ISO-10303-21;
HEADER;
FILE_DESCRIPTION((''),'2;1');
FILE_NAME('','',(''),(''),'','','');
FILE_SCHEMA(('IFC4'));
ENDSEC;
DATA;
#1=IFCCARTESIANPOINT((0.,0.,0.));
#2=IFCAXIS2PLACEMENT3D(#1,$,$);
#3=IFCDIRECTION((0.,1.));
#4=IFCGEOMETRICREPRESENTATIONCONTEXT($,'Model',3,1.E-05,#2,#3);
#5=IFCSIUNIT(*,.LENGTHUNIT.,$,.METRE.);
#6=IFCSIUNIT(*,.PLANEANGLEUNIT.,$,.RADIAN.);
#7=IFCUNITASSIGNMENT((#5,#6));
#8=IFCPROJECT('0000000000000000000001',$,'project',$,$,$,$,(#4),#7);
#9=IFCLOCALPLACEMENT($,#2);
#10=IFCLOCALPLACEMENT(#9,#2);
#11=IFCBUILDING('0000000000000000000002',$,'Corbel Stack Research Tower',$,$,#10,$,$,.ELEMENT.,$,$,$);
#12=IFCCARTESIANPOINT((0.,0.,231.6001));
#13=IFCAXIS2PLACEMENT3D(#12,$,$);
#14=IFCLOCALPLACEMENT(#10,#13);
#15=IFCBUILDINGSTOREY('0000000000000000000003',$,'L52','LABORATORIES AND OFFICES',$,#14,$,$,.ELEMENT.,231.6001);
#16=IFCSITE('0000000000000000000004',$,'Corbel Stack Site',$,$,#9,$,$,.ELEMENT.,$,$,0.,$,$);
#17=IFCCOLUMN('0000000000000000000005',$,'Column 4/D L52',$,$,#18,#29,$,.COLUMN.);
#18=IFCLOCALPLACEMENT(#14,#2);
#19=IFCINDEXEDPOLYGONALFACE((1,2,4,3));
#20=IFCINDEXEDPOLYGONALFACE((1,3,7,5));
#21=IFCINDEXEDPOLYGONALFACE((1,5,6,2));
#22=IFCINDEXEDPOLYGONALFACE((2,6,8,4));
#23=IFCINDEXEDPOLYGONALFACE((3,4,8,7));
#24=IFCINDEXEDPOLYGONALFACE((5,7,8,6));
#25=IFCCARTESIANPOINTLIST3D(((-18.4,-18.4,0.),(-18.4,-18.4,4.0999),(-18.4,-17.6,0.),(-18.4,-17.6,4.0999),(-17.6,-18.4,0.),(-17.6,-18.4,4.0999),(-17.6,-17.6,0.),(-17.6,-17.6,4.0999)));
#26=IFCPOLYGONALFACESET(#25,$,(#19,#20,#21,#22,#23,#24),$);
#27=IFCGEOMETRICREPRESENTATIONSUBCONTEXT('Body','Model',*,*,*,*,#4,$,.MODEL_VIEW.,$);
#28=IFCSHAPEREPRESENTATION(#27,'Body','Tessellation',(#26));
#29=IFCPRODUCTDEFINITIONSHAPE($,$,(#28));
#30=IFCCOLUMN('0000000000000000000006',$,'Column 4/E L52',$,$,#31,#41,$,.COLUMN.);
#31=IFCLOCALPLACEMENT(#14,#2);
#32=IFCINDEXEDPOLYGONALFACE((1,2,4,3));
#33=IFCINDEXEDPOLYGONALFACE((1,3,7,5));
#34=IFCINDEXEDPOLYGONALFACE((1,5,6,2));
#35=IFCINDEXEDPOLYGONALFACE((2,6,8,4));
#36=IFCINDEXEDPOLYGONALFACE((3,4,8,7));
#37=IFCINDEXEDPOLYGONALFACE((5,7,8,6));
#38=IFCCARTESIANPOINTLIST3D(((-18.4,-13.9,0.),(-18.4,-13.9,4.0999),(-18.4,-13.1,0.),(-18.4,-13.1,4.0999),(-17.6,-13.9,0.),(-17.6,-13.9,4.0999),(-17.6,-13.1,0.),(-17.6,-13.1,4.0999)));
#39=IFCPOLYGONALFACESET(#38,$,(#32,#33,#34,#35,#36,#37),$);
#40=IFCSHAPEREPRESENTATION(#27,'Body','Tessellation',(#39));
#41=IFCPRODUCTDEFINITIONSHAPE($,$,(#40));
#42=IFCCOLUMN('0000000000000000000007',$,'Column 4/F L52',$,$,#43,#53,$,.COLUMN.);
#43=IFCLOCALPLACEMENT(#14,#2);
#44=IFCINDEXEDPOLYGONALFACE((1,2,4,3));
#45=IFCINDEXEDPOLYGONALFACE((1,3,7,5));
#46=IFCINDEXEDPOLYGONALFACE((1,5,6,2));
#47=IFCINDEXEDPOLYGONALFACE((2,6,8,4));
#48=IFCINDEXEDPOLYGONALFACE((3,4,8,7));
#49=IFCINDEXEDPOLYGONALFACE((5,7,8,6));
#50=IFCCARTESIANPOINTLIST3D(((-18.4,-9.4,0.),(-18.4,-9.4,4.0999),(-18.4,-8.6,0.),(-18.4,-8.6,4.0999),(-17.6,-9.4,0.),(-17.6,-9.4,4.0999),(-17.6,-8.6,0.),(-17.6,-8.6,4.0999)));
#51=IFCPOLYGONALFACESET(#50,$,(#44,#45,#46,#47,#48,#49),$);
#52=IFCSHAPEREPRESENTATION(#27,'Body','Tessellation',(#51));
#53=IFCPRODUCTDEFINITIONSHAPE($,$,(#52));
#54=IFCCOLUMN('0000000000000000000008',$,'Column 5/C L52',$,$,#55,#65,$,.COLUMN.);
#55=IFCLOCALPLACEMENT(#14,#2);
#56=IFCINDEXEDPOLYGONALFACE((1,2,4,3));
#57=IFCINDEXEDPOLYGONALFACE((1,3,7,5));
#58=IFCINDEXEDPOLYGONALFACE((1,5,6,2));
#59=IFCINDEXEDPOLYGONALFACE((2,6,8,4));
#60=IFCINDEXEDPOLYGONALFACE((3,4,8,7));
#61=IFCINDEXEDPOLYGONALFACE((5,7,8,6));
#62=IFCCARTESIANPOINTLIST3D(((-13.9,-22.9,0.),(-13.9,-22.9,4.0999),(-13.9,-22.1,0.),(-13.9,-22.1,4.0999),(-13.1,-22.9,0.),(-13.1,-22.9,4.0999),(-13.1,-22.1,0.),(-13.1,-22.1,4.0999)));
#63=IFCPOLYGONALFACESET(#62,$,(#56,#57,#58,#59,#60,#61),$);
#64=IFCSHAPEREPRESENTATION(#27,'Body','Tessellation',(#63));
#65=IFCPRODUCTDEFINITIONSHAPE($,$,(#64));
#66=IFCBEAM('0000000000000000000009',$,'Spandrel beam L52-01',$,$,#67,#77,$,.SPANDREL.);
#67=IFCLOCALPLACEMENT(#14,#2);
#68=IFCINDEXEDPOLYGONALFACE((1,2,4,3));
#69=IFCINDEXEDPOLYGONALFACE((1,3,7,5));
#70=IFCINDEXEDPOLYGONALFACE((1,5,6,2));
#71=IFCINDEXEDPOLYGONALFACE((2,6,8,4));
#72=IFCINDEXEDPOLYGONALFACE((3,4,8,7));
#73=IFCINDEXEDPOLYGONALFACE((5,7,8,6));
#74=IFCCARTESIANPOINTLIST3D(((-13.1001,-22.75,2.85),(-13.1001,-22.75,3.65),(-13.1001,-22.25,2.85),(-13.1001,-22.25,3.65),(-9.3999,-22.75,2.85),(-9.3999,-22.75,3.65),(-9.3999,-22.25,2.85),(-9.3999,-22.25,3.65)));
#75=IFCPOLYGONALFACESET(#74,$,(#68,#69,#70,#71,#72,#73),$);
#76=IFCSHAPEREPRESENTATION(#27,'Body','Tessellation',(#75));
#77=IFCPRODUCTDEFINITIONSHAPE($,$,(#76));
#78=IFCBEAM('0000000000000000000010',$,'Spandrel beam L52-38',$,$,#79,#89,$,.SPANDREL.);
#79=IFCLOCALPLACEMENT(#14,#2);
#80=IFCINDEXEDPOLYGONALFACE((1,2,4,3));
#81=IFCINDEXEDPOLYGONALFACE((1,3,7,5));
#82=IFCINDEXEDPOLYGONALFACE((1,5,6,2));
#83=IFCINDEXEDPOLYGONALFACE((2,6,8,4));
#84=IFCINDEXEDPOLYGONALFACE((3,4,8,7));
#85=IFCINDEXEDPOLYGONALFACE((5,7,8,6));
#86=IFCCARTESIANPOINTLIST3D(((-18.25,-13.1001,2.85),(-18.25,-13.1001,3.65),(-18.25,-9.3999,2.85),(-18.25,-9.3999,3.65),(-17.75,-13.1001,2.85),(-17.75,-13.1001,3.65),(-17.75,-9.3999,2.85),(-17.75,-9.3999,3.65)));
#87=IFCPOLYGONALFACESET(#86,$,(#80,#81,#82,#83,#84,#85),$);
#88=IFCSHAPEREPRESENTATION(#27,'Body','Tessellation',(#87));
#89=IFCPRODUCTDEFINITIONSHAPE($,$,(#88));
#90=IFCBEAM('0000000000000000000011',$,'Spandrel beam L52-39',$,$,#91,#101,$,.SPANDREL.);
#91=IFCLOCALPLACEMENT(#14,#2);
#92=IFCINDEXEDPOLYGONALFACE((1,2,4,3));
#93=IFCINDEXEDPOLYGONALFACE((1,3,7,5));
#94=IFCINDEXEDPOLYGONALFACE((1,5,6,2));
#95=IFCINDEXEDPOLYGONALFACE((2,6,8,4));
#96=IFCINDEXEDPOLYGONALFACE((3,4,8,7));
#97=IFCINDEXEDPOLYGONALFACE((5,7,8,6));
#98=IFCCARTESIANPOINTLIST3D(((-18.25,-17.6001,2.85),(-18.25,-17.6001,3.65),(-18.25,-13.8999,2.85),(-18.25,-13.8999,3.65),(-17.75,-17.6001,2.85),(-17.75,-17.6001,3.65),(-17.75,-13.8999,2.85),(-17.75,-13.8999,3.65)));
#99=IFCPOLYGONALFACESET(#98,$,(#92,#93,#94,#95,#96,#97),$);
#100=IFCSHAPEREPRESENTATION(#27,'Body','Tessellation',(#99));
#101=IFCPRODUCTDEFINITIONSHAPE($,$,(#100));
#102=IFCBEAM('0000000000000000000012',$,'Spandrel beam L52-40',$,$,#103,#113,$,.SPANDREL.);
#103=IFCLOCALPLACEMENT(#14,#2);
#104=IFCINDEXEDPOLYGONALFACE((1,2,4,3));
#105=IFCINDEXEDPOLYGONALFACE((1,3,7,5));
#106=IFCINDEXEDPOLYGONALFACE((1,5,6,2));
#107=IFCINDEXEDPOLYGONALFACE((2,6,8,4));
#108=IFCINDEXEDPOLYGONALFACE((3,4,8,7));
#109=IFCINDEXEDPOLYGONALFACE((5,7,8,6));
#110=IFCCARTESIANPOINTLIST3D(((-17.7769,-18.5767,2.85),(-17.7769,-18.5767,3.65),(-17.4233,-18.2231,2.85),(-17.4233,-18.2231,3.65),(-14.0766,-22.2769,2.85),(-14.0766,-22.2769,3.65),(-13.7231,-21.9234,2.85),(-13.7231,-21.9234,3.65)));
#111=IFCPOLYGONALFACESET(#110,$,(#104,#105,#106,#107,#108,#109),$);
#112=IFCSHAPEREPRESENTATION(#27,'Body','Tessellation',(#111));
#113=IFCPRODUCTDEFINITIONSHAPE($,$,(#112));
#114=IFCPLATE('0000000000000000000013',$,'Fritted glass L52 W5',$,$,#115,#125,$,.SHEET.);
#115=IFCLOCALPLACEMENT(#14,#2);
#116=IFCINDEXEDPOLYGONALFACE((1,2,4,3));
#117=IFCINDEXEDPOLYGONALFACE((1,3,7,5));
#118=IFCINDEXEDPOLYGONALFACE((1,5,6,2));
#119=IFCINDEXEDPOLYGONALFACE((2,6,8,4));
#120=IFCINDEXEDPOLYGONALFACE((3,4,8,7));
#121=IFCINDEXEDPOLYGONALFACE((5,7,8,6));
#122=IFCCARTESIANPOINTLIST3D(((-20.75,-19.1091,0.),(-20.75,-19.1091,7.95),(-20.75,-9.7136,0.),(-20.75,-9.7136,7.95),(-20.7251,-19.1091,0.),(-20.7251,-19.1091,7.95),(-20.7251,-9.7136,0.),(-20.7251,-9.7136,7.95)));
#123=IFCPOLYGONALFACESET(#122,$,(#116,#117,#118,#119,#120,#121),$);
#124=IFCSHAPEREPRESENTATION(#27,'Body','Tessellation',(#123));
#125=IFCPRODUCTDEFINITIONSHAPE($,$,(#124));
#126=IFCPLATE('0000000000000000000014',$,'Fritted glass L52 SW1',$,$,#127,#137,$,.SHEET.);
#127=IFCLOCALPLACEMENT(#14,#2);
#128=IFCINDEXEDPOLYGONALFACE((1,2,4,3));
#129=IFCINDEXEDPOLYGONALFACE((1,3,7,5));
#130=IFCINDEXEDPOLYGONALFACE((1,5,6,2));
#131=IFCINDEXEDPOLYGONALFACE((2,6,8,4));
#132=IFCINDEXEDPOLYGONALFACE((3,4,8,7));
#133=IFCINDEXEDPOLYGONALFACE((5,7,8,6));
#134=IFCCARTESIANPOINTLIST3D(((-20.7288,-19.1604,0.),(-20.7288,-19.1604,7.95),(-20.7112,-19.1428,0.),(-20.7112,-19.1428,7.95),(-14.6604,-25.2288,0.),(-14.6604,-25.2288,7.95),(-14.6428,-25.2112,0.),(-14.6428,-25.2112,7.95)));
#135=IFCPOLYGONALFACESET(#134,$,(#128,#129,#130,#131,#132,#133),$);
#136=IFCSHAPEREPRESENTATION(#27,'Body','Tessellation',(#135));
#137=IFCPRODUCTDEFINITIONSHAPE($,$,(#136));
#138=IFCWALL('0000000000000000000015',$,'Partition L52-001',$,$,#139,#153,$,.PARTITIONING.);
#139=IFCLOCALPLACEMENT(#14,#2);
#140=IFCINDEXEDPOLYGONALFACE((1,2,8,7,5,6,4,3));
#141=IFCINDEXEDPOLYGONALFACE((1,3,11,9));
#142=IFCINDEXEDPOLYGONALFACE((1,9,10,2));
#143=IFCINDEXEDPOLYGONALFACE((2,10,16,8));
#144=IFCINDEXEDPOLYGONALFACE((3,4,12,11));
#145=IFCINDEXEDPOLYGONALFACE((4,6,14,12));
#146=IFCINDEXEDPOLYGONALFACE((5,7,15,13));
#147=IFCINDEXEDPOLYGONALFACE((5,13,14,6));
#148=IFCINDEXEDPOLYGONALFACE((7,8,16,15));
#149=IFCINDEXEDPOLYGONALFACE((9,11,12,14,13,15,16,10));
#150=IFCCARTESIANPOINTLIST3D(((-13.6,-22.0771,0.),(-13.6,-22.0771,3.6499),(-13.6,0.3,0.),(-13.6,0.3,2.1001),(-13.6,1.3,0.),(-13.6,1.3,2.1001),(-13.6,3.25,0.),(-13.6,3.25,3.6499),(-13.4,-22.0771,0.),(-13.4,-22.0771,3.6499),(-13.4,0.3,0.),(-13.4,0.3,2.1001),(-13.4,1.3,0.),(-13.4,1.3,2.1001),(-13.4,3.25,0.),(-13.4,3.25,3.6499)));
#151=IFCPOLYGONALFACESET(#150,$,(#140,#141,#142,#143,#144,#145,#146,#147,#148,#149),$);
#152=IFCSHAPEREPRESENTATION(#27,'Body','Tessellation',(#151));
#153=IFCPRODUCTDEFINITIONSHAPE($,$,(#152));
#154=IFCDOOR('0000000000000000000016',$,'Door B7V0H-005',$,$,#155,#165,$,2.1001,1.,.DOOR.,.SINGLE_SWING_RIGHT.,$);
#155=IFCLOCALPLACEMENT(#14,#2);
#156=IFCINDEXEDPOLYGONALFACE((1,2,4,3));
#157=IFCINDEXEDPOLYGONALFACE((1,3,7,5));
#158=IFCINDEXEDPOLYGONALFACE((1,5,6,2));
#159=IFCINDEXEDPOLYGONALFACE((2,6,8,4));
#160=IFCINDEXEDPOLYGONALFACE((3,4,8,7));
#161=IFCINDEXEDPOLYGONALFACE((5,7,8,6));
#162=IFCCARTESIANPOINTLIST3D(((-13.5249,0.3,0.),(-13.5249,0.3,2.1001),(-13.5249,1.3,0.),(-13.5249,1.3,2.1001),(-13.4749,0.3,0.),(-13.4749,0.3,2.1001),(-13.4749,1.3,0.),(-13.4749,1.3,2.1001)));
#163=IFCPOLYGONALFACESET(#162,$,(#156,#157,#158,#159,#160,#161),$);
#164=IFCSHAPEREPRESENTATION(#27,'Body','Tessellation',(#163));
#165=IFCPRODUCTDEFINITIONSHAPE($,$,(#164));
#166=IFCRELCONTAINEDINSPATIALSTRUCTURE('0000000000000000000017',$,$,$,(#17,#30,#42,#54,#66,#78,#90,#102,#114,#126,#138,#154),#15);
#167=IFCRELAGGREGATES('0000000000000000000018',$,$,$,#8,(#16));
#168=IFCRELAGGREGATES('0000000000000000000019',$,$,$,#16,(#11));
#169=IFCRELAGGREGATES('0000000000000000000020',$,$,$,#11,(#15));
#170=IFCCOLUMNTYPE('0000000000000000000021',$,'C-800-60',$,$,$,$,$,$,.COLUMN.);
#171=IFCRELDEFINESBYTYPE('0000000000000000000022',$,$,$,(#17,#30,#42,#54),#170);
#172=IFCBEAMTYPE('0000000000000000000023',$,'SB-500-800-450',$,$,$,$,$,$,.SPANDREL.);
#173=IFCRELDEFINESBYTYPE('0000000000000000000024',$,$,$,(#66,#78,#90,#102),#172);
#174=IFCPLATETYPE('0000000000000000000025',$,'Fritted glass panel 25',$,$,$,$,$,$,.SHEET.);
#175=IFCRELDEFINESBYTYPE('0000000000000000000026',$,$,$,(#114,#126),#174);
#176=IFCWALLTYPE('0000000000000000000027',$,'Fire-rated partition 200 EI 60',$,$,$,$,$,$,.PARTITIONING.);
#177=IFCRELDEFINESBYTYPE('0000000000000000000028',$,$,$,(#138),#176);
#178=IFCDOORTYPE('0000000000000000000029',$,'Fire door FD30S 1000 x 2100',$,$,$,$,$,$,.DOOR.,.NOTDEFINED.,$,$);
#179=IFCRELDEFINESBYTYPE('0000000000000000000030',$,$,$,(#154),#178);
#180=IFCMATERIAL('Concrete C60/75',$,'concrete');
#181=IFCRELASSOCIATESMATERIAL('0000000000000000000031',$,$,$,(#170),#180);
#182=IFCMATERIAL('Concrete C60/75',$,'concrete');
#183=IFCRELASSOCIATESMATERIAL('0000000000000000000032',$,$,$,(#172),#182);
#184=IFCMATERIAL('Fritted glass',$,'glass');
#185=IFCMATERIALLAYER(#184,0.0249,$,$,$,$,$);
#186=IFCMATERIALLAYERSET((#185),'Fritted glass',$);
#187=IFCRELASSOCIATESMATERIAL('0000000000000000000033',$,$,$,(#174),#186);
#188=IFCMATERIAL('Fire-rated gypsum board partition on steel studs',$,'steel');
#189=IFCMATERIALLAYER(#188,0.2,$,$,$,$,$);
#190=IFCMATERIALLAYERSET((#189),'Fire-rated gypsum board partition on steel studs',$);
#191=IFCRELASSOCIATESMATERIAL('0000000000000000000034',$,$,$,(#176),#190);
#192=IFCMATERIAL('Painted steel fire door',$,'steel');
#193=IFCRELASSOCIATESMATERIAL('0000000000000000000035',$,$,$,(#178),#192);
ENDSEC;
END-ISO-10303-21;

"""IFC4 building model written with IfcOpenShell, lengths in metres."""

from ifc_helpers import new_model, si_unit, direction, frame, frame_2d, origin, origin_2d, place, context, subcontext, project, spatial, rectangle, extrude, material, layer, layer_set, material_profile, profile_set, type_object, element, fill, save


model = new_model("IFC4")

# Units and contexts
model_context = context("Model", 3, precision=1e-05, world=origin(), true_north=direction((0.0, 1.0)))
body_context = subcontext(model_context, "Body", "Model", "MODEL_VIEW")
ifc_project = project(units=[si_unit("LENGTHUNIT", "METRE"), si_unit("PLANEANGLEUNIT", "RADIAN")], contexts=[model_context])

# Site, building, storey
site_placement = place(None, origin())
site = spatial("IfcSite", under=ifc_project, at=site_placement, Name="Corbel Stack Site", CompositionType="ELEMENT", RefElevation=0.0)
building_placement = place(site_placement, origin())
building = spatial("IfcBuilding", under=site, at=building_placement, Name="Corbel Stack Research Tower", CompositionType="ELEMENT")
storey_placement = place(building_placement, frame((0.0, 0.0, 231.6001)))
storey = spatial("IfcBuildingStorey", under=building, at=storey_placement, Name="L52", Description="LABORATORIES AND OFFICES", CompositionType="ELEMENT", Elevation=231.6001)

# Columns
ifc_material_1 = material(Name="Concrete C60/75", Category="concrete")
ifc_material_profile_1 = material_profile(ifc_material_1, rectangle(XDim=0.8, YDim=0.8, at=origin_2d()), Name="RC 800 x 800")
ifc_profile_set_1 = profile_set([ifc_material_profile_1], Name="Concrete C60/75")
column_type = type_object("IfcColumnType", Name="C-800-60", PredefinedType="COLUMN", material=ifc_profile_set_1)
for number, where, z_axis, x_axis, name in (
    (1, (-18.0, -18.0, 0.0), (0.0, 0.0, 1.0), (1.0, 0.0, 0.0), "Column 4/D L52"),
    (2, (-18.0, -13.5, 0.0), (0.0, 0.0, 1.0), (1.0, 0.0, 0.0), "Column 4/E L52"),
    (3, (-18.0, -9.0, 0.0), (0.0, 0.0, 1.0), (1.0, 0.0, 0.0), "Column 4/F L52"),
    (4, (-13.5, -22.5, 0.0), (0.0, 0.0, 1.0), (1.0, 0.0, 0.0), "Column 5/C L52"),
):
    element("IfcColumn", number, at=place(storey_placement, frame(where, z_axis=z_axis, x_axis=x_axis)), inside=storey, type_object=column_type, Name=name, PredefinedType="COLUMN", context=body_context, shape_type="SweptSolid", body=[
        extrude(rectangle(XDim=0.8, YDim=0.8, at=origin_2d()), origin(), (0.0, 0.0, 1.0), 4.0999),
    ])

# Beams
ifc_material_2 = material(Name="Concrete C60/75", Category="concrete")
ifc_material_profile_2 = material_profile(ifc_material_2, rectangle(XDim=0.5, YDim=0.8, at=origin_2d()), Name="RC 500 x 800")
ifc_profile_set_2 = profile_set([ifc_material_profile_2], Name="Concrete C60/75")
beam_type = type_object("IfcBeamType", Name="SB-500-800-450", PredefinedType="SPANDREL", material=ifc_profile_set_2)
for number, where, z_axis, x_axis, name in (
    (5, (-13.1001, -22.5, 3.25), (1.0, 0.0, 0.0), (0.0, 1.0, 0.0), "Spandrel beam L52-01"),
    (6, (-18.0, -9.3999, 3.25), (0.0, -1.0, 0.0), (1.0, 0.0, 0.0), "Spandrel beam L52-38"),
    (7, (-18.0, -13.8999, 3.25), (0.0, -1.0, 0.0), (1.0, 0.0, 0.0), "Spandrel beam L52-39"),
):
    element("IfcBeam", number, at=place(storey_placement, frame(where, z_axis=z_axis, x_axis=x_axis)), inside=storey, type_object=beam_type, Name=name, PredefinedType="SPANDREL", context=body_context, shape_type="SweptSolid", body=[
        extrude(rectangle(XDim=0.5, YDim=0.8, at=origin_2d()), origin(), (0.0, 0.0, 1.0), 3.7002),
    ])
beam_placement = place(storey_placement, frame((-17.6001, -18.3999, 3.25), z_axis=(0.707107, -0.707107, 0.0), x_axis=(0.707107, 0.707107, 0.0)))
element("IfcBeam", 8, at=beam_placement, inside=storey, type_object=beam_type, Name="Spandrel beam L52-40", PredefinedType="SPANDREL", context=body_context, shape_type="SweptSolid", body=[
    extrude(rectangle(XDim=0.5, YDim=0.8, at=origin_2d()), origin(), (0.0, 0.0, 1.0), 5.2329),
])

# Plates
ifc_material_3 = material(Name="Fritted glass", Category="glass")
ifc_layer_1 = layer(ifc_material_3, 0.0249)
ifc_layer_set_1 = layer_set([ifc_layer_1], Name="Fritted glass")
plate_type = type_object("IfcPlateType", Name="Fritted glass panel 25", PredefinedType="SHEET", material=ifc_layer_set_1)
plate_1_placement = place(storey_placement, frame((-20.7375, -14.4114, 0.0), z_axis=(0.0, 0.0, 1.0), x_axis=(0.0, -1.0, 0.0)))
element("IfcPlate", 9, at=plate_1_placement, inside=storey, type_object=plate_type, Name="Fritted glass L52 W5", PredefinedType="SHEET", context=body_context, shape_type="SweptSolid", body=[
    extrude(rectangle(XDim=9.3955, YDim=0.0249, at=origin_2d()), origin(), (0.0, 0.0, 1.0), 7.95),
])
plate_2_placement = place(storey_placement, frame((-17.6858, -22.1858, 0.0), z_axis=(0.0, 0.0, 1.0), x_axis=(0.707107, -0.707107, 0.0)))
element("IfcPlate", 10, at=plate_2_placement, inside=storey, type_object=plate_type, Name="Fritted glass L52 SW1", PredefinedType="SHEET", context=body_context, shape_type="SweptSolid", body=[
    extrude(rectangle(XDim=8.582, YDim=0.0249, at=origin_2d()), origin(), (0.0, 0.0, 1.0), 7.95),
])

# Wall, opening, door
ifc_material_4 = material(Name="Fire-rated gypsum board partition on steel studs", Category="steel")
ifc_layer_2 = layer(ifc_material_4, 0.2)
ifc_layer_set_2 = layer_set([ifc_layer_2], Name="Fire-rated gypsum board partition on steel studs")
wall_type_1 = type_object("IfcWallType", Name="Fire-rated partition 200 EI 60", PredefinedType="PARTITIONING", material=ifc_layer_set_2)
wall_1_placement = place(storey_placement, frame((-13.5, -22.0771, 0.0), z_axis=(0.0, 0.0, 1.0), x_axis=(0.0, 1.0, 0.0)))
wall_1 = element("IfcWall", 11, at=wall_1_placement, inside=storey, type_object=wall_type_1, Name="Partition L52-001", PredefinedType="PARTITIONING", context=body_context, shape_type="SweptSolid", body=[
    extrude(rectangle(XDim=25.3271, YDim=0.2, at=frame_2d((12.6636, 0.0))), origin(), (0.0, 0.0, 1.0), 3.6499),
])
opening_1_placement = place(wall_1_placement, frame((22.3772, 0.0, 0.0)))
opening_1 = element("IfcOpeningElement", 12, at=opening_1_placement, cuts=wall_1, PredefinedType="OPENING", context=body_context, shape_type="SweptSolid", body=[
    extrude(rectangle(XDim=1.0, YDim=2.1001, at=frame_2d((0.5, 1.05))), frame((0.0, 0.1099, 0.0), z_axis=(0.0, -1.0, 0.0), x_axis=(1.0, 0.0, 0.0)), (0.0, 0.0, 1.0), 0.22),
])
ifc_material_5 = material(Name="Painted steel fire door", Category="steel")
door_type_1 = type_object("IfcDoorType", Name="Fire door FD30S 1000 x 2100", OperationType="NOTDEFINED", PredefinedType="DOOR", material=ifc_material_5)
door_1_placement = place(opening_1_placement, origin())
door_1 = element("IfcDoor", 13, at=door_1_placement, inside=storey, type_object=door_type_1, Name="Door B7V0H-005", OperationType="SINGLE_SWING_RIGHT", OverallHeight=2.1001, OverallWidth=1.0, PredefinedType="DOOR", context=body_context, shape_type="SweptSolid", body=[
    extrude(rectangle(XDim=1.0, YDim=2.1001, at=frame_2d((0.5, 1.05))), frame((0.0, 0.0249, 0.0), z_axis=(0.0, -1.0, 0.0), x_axis=(1.0, 0.0, 0.0)), (0.0, 0.0, 1.0), 0.05),
])
fill(opening_1, door_1)

save(model, "model.ifc")
